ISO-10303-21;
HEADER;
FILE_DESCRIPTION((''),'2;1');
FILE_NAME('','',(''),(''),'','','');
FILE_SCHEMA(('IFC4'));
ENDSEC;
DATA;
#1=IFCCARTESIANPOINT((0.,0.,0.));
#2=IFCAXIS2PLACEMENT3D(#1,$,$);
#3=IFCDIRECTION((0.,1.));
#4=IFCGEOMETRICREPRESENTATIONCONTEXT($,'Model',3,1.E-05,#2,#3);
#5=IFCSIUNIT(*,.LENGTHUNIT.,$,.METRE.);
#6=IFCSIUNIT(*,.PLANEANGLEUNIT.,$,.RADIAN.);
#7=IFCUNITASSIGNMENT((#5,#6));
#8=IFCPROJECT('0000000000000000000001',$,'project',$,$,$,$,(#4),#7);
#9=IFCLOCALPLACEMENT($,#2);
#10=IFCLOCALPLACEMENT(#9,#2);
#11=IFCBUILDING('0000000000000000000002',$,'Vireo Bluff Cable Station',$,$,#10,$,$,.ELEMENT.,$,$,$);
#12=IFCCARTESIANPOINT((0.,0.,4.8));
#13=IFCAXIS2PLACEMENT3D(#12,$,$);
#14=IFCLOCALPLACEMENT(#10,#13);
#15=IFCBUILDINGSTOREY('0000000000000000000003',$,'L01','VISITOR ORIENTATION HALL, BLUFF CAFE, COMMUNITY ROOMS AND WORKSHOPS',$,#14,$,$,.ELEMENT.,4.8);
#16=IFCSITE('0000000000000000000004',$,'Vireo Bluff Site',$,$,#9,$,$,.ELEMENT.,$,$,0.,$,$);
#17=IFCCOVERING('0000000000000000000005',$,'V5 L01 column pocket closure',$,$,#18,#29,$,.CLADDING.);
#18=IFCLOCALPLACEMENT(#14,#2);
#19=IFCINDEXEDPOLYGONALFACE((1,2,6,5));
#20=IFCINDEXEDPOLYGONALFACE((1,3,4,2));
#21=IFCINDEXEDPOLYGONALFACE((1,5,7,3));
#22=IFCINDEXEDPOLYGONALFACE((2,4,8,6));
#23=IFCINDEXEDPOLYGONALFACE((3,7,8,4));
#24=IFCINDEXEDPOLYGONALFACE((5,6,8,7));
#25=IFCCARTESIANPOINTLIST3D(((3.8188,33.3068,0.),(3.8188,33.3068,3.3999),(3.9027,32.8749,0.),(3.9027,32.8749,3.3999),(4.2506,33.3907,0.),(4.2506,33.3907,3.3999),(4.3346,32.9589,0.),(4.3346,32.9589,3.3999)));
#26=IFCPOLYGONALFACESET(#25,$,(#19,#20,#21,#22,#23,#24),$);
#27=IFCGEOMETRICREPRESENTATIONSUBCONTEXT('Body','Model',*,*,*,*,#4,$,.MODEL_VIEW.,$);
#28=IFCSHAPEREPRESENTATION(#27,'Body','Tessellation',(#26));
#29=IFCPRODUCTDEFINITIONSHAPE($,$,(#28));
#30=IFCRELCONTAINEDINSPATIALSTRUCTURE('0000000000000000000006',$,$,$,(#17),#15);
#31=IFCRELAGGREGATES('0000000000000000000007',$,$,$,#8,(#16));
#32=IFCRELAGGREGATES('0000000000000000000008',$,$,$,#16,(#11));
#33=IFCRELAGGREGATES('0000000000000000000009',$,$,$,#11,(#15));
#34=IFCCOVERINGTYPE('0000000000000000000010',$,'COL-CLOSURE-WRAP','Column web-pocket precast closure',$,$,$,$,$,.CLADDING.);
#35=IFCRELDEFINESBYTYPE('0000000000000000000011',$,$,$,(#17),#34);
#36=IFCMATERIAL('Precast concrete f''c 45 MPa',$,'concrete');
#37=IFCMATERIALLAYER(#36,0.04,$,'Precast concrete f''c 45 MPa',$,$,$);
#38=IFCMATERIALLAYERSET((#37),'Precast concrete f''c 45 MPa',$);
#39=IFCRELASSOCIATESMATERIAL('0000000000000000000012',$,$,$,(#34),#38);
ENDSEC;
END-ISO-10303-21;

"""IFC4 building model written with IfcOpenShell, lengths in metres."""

from ifc_helpers import new_model, si_unit, direction, frame, origin, origin_2d, place, context, subcontext, project, spatial, rectangle, extrude, material, layer, layer_set, type_object, element, save


model = new_model("IFC4")

# Units and contexts
model_context = context("Model", 3, precision=1e-05, world=origin(), true_north=direction((0.0, 1.0)))
body_context = subcontext(model_context, "Body", "Model", "MODEL_VIEW")
ifc_project = project(units=[si_unit("LENGTHUNIT", "METRE"), si_unit("PLANEANGLEUNIT", "RADIAN")], contexts=[model_context])

# Site, building, storey
site_placement = place(None, origin())
site = spatial("IfcSite", under=ifc_project, at=site_placement, Name="Vireo Bluff Site", CompositionType="ELEMENT", RefElevation=0.0)
building_placement = place(site_placement, origin())
building = spatial("IfcBuilding", under=site, at=building_placement, Name="Vireo Bluff Cable Station", CompositionType="ELEMENT")
storey_placement = place(building_placement, frame((0.0, 0.0, 4.8)))
storey = spatial("IfcBuildingStorey", under=building, at=storey_placement, Name="L01", Description="VISITOR ORIENTATION HALL, BLUFF CAFE, COMMUNITY ROOMS AND WORKSHOPS", CompositionType="ELEMENT", Elevation=4.8)

# Shared definitions
ifc_material_1 = material(Name="Precast concrete f'c 45 MPa", Category="concrete")

# Covering
ifc_layer_1 = layer(ifc_material_1, 0.04, Name="Precast concrete f'c 45 MPa")
ifc_layer_set_1 = layer_set([ifc_layer_1], Name="Precast concrete f'c 45 MPa")
covering_type = type_object("IfcCoveringType", Name="COL-CLOSURE-WRAP", Description="Column web-pocket precast closure", PredefinedType="CLADDING", material=ifc_layer_set_1)
covering_placement = place(storey_placement, frame((4.0767, 33.1328, 0.0), z_axis=(0.0, 0.0, 1.0), x_axis=(0.981627, 0.190809, 0.0)))
element("IfcCovering", 1, at=covering_placement, inside=storey, type_object=covering_type, Name="V5 L01 column pocket closure", PredefinedType="CLADDING", context=body_context, shape_type="SweptSolid", body=[
    extrude(rectangle(XDim=0.4399, YDim=0.4399, at=origin_2d()), origin(), (0.0, 0.0, 1.0), 3.3999),
])

save(model, "model.ifc")
